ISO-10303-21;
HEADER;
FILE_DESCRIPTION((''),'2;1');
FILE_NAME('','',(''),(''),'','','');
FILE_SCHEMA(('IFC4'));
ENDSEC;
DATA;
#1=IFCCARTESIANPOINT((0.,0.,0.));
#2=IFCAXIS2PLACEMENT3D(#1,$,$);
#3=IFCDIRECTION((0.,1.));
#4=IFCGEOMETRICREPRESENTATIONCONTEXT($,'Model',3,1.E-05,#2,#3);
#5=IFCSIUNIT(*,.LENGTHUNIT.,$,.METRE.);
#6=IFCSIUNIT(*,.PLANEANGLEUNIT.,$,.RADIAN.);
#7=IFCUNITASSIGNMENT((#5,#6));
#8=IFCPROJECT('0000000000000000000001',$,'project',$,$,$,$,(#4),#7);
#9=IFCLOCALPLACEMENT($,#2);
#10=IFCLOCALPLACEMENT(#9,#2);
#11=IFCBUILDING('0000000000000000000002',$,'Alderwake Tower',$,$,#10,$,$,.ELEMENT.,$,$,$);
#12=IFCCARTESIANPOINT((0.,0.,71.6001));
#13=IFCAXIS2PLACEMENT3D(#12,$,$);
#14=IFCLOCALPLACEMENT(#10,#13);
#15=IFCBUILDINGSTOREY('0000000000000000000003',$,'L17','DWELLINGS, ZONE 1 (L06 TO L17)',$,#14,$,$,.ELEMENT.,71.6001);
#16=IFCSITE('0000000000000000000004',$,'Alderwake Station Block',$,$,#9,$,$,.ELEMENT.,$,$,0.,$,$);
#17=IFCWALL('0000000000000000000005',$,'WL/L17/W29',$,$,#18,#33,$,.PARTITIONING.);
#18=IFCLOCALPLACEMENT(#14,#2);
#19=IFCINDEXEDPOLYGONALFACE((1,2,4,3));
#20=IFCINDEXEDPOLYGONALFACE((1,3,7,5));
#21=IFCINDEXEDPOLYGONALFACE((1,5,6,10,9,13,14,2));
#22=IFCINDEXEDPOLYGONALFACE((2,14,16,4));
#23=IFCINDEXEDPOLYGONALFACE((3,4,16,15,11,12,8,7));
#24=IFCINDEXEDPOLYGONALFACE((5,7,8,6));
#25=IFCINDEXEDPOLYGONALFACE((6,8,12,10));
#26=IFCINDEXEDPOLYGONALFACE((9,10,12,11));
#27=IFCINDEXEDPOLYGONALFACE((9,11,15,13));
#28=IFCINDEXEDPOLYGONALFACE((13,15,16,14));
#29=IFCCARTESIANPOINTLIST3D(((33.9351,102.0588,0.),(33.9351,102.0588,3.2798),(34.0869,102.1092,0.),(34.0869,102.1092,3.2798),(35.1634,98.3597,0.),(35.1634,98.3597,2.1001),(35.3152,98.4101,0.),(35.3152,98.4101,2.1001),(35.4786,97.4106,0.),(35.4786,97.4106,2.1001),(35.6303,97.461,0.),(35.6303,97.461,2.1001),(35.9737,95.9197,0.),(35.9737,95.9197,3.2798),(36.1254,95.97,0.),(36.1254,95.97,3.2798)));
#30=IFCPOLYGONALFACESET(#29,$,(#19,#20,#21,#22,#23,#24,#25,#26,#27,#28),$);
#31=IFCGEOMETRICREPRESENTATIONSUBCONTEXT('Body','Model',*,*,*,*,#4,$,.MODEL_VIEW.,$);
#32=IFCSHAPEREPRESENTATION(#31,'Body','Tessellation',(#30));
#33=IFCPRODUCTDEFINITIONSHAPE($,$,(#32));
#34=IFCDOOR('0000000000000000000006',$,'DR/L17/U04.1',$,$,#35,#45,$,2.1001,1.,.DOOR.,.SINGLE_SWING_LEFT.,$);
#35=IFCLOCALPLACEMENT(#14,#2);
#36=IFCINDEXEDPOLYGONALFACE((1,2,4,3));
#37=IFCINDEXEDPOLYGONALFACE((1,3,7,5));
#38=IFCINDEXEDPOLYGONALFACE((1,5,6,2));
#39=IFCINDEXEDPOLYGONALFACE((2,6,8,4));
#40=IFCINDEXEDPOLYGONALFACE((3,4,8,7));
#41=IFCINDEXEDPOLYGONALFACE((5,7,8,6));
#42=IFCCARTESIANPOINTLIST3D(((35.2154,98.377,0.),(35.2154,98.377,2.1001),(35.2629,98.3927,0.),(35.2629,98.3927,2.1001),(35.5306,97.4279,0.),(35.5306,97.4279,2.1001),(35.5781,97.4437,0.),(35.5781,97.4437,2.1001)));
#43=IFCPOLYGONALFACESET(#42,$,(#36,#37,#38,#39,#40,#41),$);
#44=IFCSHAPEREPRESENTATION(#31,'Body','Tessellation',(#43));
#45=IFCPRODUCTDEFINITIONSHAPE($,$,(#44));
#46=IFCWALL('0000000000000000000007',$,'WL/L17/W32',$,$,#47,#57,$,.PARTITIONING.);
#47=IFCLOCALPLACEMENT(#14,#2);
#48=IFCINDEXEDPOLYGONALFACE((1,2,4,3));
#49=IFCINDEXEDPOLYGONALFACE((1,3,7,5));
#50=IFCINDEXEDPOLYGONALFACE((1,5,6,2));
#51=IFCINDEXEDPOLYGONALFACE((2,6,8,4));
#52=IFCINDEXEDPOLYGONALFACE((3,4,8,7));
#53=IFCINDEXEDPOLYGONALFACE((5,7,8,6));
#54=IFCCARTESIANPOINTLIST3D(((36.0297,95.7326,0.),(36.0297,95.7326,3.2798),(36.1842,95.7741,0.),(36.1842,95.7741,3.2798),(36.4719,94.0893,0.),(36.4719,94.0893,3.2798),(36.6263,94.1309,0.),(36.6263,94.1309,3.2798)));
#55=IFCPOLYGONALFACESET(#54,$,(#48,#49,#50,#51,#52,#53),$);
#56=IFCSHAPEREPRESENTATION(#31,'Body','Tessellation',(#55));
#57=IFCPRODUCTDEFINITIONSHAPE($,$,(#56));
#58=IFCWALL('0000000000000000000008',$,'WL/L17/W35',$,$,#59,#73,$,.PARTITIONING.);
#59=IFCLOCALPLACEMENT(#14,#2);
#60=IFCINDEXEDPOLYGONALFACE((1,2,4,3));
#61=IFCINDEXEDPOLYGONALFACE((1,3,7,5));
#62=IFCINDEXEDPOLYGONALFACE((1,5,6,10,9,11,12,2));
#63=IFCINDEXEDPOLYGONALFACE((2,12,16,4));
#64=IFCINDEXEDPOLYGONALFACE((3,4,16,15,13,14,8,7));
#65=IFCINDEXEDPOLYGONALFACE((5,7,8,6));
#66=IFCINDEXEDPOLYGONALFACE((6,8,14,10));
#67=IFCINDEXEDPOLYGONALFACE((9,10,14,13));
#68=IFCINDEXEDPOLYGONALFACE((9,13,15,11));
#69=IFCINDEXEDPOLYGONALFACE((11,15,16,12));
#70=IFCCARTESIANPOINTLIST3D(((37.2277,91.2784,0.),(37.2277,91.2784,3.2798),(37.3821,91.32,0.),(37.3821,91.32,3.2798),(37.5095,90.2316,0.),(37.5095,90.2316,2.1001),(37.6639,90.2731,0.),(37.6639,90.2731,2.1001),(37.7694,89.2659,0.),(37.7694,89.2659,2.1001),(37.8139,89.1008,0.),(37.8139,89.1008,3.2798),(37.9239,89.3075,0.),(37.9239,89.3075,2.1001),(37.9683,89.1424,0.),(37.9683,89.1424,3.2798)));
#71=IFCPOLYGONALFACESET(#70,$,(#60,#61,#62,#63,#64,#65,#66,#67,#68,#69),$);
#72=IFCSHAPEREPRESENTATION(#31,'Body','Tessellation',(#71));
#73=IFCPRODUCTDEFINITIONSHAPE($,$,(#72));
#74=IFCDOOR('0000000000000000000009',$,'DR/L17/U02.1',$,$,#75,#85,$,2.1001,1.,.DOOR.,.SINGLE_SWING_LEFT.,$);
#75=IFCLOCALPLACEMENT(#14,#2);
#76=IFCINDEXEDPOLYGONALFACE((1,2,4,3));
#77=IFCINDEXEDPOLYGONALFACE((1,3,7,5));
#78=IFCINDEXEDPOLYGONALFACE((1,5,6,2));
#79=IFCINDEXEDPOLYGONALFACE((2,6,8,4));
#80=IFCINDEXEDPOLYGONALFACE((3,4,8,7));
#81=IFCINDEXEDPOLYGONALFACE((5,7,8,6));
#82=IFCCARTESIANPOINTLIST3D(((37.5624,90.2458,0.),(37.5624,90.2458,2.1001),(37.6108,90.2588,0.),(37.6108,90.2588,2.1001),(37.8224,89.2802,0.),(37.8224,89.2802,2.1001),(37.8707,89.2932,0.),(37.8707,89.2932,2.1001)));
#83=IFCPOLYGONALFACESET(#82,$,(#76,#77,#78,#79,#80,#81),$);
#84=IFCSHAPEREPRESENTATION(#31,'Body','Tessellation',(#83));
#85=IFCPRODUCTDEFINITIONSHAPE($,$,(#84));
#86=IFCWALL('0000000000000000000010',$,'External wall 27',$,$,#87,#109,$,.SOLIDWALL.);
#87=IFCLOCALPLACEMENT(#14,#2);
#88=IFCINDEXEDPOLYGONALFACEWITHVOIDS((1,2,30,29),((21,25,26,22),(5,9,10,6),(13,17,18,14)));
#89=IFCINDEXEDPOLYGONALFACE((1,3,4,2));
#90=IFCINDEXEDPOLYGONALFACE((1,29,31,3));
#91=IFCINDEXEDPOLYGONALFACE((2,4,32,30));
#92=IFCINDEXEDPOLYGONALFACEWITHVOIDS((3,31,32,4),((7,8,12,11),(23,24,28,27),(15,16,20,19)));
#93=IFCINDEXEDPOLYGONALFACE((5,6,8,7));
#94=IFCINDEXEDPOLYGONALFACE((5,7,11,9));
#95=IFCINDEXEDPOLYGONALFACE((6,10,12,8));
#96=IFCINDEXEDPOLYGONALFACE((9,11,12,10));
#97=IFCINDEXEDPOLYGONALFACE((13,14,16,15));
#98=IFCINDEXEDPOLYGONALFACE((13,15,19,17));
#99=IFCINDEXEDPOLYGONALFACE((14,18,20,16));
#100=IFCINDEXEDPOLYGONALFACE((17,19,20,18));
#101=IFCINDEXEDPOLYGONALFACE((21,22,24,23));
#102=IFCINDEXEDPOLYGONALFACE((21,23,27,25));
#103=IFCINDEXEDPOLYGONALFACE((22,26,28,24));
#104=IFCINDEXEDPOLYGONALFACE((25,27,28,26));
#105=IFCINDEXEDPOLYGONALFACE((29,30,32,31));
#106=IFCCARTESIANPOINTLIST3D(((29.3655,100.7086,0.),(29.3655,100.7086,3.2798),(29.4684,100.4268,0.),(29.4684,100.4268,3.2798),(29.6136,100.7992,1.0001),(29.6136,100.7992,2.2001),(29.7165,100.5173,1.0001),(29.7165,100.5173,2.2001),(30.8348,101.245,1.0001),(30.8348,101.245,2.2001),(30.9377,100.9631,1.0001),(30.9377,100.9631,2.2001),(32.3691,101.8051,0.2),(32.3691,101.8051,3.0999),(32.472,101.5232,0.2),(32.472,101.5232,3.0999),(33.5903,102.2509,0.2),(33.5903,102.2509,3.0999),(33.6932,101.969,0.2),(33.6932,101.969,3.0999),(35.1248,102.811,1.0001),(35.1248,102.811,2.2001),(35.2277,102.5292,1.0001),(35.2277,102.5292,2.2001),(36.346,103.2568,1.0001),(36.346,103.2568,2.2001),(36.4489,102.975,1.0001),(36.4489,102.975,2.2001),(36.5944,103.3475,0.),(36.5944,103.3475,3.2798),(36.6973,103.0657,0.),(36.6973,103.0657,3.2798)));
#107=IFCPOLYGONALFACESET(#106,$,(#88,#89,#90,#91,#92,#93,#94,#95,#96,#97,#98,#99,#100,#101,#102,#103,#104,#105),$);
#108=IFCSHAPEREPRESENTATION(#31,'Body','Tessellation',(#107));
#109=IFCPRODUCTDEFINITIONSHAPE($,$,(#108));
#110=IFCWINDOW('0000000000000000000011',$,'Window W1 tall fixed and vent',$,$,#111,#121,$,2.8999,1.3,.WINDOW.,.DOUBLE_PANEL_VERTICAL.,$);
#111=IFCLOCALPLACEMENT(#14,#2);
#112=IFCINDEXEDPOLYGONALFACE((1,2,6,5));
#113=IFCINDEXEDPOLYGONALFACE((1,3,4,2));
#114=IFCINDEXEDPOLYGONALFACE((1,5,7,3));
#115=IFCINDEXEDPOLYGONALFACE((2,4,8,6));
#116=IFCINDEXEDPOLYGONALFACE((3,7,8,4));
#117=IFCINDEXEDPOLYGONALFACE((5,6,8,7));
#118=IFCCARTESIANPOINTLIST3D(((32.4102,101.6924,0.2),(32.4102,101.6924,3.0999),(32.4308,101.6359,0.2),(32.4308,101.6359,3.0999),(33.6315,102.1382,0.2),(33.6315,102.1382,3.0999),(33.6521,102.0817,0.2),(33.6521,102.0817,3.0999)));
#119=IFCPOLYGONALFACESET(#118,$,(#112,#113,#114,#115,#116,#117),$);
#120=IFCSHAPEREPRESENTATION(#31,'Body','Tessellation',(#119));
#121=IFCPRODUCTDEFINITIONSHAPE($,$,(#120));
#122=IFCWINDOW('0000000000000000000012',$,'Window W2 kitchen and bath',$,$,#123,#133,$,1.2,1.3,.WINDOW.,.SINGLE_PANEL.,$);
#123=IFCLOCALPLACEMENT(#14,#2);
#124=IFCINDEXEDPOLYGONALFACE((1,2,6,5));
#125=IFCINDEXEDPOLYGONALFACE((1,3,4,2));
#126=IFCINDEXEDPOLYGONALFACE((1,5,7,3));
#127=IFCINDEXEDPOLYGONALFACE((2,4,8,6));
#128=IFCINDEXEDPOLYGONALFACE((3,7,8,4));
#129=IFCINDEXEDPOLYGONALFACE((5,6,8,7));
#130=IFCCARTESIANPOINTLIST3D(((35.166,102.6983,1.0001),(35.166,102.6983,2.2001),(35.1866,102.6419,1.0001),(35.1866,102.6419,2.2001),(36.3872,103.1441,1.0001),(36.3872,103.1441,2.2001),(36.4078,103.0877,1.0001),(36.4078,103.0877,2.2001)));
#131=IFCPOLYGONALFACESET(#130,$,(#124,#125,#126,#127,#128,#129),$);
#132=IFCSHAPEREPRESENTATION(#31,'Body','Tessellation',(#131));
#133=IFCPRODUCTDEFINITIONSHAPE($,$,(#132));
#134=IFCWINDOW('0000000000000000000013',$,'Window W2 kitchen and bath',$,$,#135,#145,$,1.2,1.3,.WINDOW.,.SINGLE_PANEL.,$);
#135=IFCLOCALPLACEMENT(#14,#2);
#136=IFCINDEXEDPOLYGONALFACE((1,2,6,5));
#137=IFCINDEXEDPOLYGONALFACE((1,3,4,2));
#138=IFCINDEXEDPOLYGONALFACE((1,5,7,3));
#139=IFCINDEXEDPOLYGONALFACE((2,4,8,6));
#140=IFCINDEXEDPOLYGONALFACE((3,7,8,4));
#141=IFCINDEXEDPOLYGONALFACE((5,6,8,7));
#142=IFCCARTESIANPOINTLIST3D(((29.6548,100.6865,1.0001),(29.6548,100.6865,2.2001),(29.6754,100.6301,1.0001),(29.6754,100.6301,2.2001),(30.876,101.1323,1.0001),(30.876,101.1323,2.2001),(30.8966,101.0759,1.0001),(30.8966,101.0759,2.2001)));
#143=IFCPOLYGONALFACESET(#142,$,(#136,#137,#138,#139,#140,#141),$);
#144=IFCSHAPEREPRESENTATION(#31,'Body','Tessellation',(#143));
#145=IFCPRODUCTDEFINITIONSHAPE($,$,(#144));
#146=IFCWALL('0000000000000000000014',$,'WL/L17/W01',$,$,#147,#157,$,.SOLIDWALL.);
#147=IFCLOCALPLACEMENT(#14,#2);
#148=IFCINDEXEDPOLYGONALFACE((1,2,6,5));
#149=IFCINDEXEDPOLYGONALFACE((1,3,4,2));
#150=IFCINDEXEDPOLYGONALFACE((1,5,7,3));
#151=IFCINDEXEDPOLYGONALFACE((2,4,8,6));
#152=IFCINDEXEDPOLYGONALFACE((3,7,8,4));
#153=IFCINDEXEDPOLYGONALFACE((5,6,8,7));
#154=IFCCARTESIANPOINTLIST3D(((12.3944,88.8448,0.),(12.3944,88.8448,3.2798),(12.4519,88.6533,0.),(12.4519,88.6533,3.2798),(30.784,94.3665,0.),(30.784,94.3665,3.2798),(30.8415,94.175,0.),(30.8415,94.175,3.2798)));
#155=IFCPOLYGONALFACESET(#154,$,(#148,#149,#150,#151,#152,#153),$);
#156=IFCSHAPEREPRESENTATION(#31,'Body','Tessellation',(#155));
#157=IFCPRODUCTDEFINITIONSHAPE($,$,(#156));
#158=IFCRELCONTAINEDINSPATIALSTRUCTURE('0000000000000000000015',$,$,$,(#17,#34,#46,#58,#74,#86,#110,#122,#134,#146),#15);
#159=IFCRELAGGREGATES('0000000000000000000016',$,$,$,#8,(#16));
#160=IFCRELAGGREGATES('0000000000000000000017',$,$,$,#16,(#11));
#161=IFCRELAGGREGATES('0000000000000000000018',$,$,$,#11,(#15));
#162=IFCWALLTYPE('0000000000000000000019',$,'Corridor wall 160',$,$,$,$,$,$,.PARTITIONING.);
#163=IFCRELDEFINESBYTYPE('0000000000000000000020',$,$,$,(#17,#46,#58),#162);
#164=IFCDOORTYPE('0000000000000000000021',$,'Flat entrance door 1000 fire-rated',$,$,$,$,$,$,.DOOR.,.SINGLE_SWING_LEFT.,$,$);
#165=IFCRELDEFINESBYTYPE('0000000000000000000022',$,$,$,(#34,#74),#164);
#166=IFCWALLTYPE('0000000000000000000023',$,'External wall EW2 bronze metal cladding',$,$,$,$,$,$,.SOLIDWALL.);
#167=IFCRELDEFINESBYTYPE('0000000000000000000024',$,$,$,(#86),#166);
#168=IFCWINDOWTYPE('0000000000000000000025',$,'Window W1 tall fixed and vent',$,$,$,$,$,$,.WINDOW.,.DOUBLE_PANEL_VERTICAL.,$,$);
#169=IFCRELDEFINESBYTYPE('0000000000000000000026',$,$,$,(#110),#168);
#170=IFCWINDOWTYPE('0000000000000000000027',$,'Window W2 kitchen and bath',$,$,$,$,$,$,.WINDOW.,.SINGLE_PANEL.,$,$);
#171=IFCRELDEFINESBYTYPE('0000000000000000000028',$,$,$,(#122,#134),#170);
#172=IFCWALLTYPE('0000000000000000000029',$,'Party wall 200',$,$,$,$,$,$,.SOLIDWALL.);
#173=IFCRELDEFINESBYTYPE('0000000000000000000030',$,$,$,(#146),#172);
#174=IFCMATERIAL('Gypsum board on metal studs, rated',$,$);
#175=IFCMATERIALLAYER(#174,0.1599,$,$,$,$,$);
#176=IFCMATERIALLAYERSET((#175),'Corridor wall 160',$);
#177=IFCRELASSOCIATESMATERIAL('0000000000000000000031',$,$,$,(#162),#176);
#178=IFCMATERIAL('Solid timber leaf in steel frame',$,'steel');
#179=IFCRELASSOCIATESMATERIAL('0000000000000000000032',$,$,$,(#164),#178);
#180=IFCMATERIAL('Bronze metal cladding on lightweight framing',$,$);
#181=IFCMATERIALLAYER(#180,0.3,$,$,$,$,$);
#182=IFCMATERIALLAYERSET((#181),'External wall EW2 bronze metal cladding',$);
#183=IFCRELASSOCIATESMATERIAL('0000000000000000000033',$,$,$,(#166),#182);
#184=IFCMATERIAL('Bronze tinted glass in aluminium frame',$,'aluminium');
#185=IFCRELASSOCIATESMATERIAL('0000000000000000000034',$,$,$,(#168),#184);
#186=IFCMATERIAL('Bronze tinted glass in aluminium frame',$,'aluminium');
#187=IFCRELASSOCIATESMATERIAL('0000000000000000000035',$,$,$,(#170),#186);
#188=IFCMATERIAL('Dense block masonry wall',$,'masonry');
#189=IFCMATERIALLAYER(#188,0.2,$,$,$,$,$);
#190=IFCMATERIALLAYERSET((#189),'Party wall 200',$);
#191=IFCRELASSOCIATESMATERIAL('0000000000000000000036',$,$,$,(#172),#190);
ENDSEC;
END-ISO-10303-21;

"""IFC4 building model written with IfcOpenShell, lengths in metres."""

from ifc_helpers import new_model, si_unit, direction, frame, frame_2d, origin, place, context, subcontext, project, spatial, rectangle, extrude, material, layer, layer_set, type_object, element, fill, save


model = new_model("IFC4")

# Units and contexts
model_context = context("Model", 3, precision=1e-05, world=origin(), true_north=direction((0.0, 1.0)))
body_context = subcontext(model_context, "Body", "Model", "MODEL_VIEW")
ifc_project = project(units=[si_unit("LENGTHUNIT", "METRE"), si_unit("PLANEANGLEUNIT", "RADIAN")], contexts=[model_context])

# Site, building, storey
site_placement = place(None, origin())
site = spatial("IfcSite", under=ifc_project, at=site_placement, Name="Alderwake Station Block", CompositionType="ELEMENT", RefElevation=0.0)
building_placement = place(site_placement, origin())
building = spatial("IfcBuilding", under=site, at=building_placement, Name="Alderwake Tower", CompositionType="ELEMENT")
storey_placement = place(building_placement, frame((0.0, 0.0, 71.6001)))
storey = spatial("IfcBuildingStorey", under=building, at=storey_placement, Name="L17", Description="DWELLINGS, ZONE 1 (L06 TO L17)", CompositionType="ELEMENT", Elevation=71.6001)

# Shared definitions
ifc_material_1 = material(Name="Gypsum board on metal studs, rated")
ifc_layer_1 = layer(ifc_material_1, 0.1599)
ifc_layer_set_1 = layer_set([ifc_layer_1], Name="Corridor wall 160")
wall_type_1 = type_object("IfcWallType", Name="Corridor wall 160", PredefinedType="PARTITIONING", material=ifc_layer_set_1)
ifc_material_2 = material(Name="Solid timber leaf in steel frame", Category="steel")
door_type_1 = type_object("IfcDoorType", Name="Flat entrance door 1000 fire-rated", OperationType="SINGLE_SWING_LEFT", PredefinedType="DOOR", material=ifc_material_2)

# Wall, opening, door
wall_1_placement = place(storey_placement, frame((34.011, 102.084, 0.0), z_axis=(0.0, 0.0, 1.0), x_axis=(0.315141, -0.949045, 0.0)))
wall_1 = element("IfcWall", 1, at=wall_1_placement, inside=storey, type_object=wall_type_1, Name="WL/L17/W29", PredefinedType="PARTITIONING", context=body_context, shape_type="SweptSolid", body=[
    extrude(rectangle(XDim=6.4688, YDim=0.1599, at=frame_2d((3.2344, 0.0))), origin(), (0.0, 0.0, 1.0), 3.2798),
])
opening_1_placement = place(wall_1_placement, frame((3.8977, 0.0, 0.0)))
opening_1 = element("IfcOpeningElement", 2, at=opening_1_placement, cuts=wall_1, PredefinedType="OPENING", context=body_context, shape_type="SweptSolid", body=[
    extrude(rectangle(XDim=1.0, YDim=2.1001, at=frame_2d((0.5, 1.05))), frame((0.0, 0.0898, 0.0), z_axis=(0.0, -1.0, 0.0), x_axis=(1.0, 0.0, 0.0)), (0.0, 0.0, 1.0), 0.1799),
])
door_1_placement = place(opening_1_placement, origin())
door_1 = element("IfcDoor", 3, at=door_1_placement, inside=storey, type_object=door_type_1, Name="DR/L17/U04.1", OperationType="SINGLE_SWING_LEFT", OverallHeight=2.1001, OverallWidth=1.0, PredefinedType="DOOR", context=body_context, shape_type="SweptSolid", body=[
    extrude(rectangle(XDim=1.0, YDim=2.1001, at=frame_2d((0.5, 1.05))), frame((0.0, 0.0249, 0.0), z_axis=(0.0, -1.0, 0.0), x_axis=(1.0, 0.0, 0.0)), (0.0, 0.0, 1.0), 0.05),
])
fill(opening_1, door_1)

# Wall
wall_2_placement = place(storey_placement, frame((36.5491, 94.1101, 0.0), z_axis=(0.0, 0.0, 1.0), x_axis=(-0.259814, 0.965659, 0.0)))
element("IfcWall", 4, at=wall_2_placement, inside=storey, type_object=wall_type_1, Name="WL/L17/W32", PredefinedType="PARTITIONING", context=body_context, shape_type="SweptSolid", body=[
    extrude(rectangle(XDim=1.7017, YDim=0.1599, at=frame_2d((0.8508, 0.0))), origin(), (0.0, 0.0, 1.0), 3.2798),
])

# Wall, opening, door
wall_3_placement = place(storey_placement, frame((37.3049, 91.2991, 0.0), z_axis=(0.0, 0.0, 1.0), x_axis=(0.259946, -0.965623, 0.0)))
wall_3 = element("IfcWall", 5, at=wall_3_placement, inside=storey, type_object=wall_type_1, Name="WL/L17/W35", PredefinedType="PARTITIONING", context=body_context, shape_type="SweptSolid", body=[
    extrude(rectangle(XDim=2.2551, YDim=0.1599, at=frame_2d((1.1274, 0.0))), origin(), (0.0, 0.0, 1.0), 3.2798),
])
opening_2_placement = place(wall_3_placement, frame((1.084, 0.0, 0.0)))
opening_2 = element("IfcOpeningElement", 6, at=opening_2_placement, cuts=wall_3, PredefinedType="OPENING", context=body_context, shape_type="SweptSolid", body=[
    extrude(rectangle(XDim=1.0, YDim=2.1001, at=frame_2d((0.5, 1.05))), frame((0.0, 0.0898, 0.0), z_axis=(0.0, -1.0, 0.0), x_axis=(1.0, 0.0, 0.0)), (0.0, 0.0, 1.0), 0.1799),
])
door_2_placement = place(opening_2_placement, origin())
door_2 = element("IfcDoor", 7, at=door_2_placement, inside=storey, type_object=door_type_1, Name="DR/L17/U02.1", OperationType="SINGLE_SWING_LEFT", OverallHeight=2.1001, OverallWidth=1.0, PredefinedType="DOOR", context=body_context, shape_type="SweptSolid", body=[
    extrude(rectangle(XDim=1.0, YDim=2.1001, at=frame_2d((0.5, 1.05))), frame((0.0, 0.0249, 0.0), z_axis=(0.0, -1.0, 0.0), x_axis=(1.0, 0.0, 0.0)), (0.0, 0.0, 1.0), 0.05),
])
fill(opening_2, door_2)

# Wall, openings, windows
ifc_material_3 = material(Name="Bronze metal cladding on lightweight framing")
ifc_layer_2 = layer(ifc_material_3, 0.3)
ifc_layer_set_2 = layer_set([ifc_layer_2], Name="External wall EW2 bronze metal cladding")
wall_type_2 = type_object("IfcWallType", Name="External wall EW2 bronze metal cladding", PredefinedType="SOLIDWALL", material=ifc_layer_set_2)
wall_4_placement = place(storey_placement, frame((36.6458, 103.2065, 0.0), z_axis=(0.0, 0.0, 1.0), x_axis=(-0.939368, -0.342912, 0.0)))
wall_4 = element("IfcWall", 8, at=wall_4_placement, inside=storey, type_object=wall_type_2, Name="External wall 27", PredefinedType="SOLIDWALL", context=body_context, shape_type="SweptSolid", body=[
    extrude(rectangle(XDim=7.6956, YDim=0.3, at=frame_2d((3.8477, 0.0))), origin(), (0.0, 0.0, 1.0), 3.2798),
])
opening_3_placement = place(wall_4_placement, frame((0.2644, 0.0, 1.0)))
opening_3 = element("IfcOpeningElement", 9, at=opening_3_placement, cuts=wall_4, PredefinedType="OPENING", context=body_context, shape_type="SweptSolid", body=[
    extrude(rectangle(XDim=1.3, YDim=1.2, at=frame_2d((0.6499, 0.6001))), frame((0.0, 0.1599, 0.0), z_axis=(0.0, -1.0, 0.0), x_axis=(1.0, 0.0, 0.0)), (0.0, 0.0, 1.0), 0.3201),
])
opening_4_placement = place(wall_4_placement, frame((3.198, 0.0, 0.2)))
opening_4 = element("IfcOpeningElement", 10, at=opening_4_placement, cuts=wall_4, PredefinedType="OPENING", context=body_context, shape_type="SweptSolid", body=[
    extrude(rectangle(XDim=1.3, YDim=2.8999, at=frame_2d((0.6499, 1.45))), frame((0.0, 0.1599, 0.0), z_axis=(0.0, -1.0, 0.0), x_axis=(1.0, 0.0, 0.0)), (0.0, 0.0, 1.0), 0.3201),
])
opening_5_placement = place(wall_4_placement, frame((6.1313, 0.0, 1.0)))
opening_5 = element("IfcOpeningElement", 11, at=opening_5_placement, cuts=wall_4, PredefinedType="OPENING", context=body_context, shape_type="SweptSolid", body=[
    extrude(rectangle(XDim=1.3, YDim=1.2, at=frame_2d((0.6499, 0.6001))), frame((0.0, 0.1599, 0.0), z_axis=(0.0, -1.0, 0.0), x_axis=(1.0, 0.0, 0.0)), (0.0, 0.0, 1.0), 0.3201),
])
ifc_material_4 = material(Name="Bronze tinted glass in aluminium frame", Category="aluminium")
window_type_1 = type_object("IfcWindowType", Name="Window W1 tall fixed and vent", PartitioningType="DOUBLE_PANEL_VERTICAL", PredefinedType="WINDOW", material=ifc_material_4)
window_1_placement = place(opening_4_placement, origin())
window_1 = element("IfcWindow", 12, at=window_1_placement, inside=storey, type_object=window_type_1, Name="Window W1 tall fixed and vent", OverallHeight=2.8999, OverallWidth=1.3, PartitioningType="DOUBLE_PANEL_VERTICAL", PredefinedType="WINDOW", context=body_context, shape_type="SweptSolid", body=[
    extrude(rectangle(XDim=1.3, YDim=2.8999, at=frame_2d((0.6499, 1.45))), frame((0.0, 0.03, 0.0), z_axis=(0.0, -1.0, 0.0), x_axis=(1.0, 0.0, 0.0)), (0.0, 0.0, 1.0), 0.0601),
])
fill(opening_4, window_1)
ifc_material_5 = material(Name="Bronze tinted glass in aluminium frame", Category="aluminium")
window_type_2 = type_object("IfcWindowType", Name="Window W2 kitchen and bath", PartitioningType="SINGLE_PANEL", PredefinedType="WINDOW", material=ifc_material_5)
window_2_placement = place(opening_3_placement, origin())
window_2 = element("IfcWindow", 13, at=window_2_placement, inside=storey, type_object=window_type_2, Name="Window W2 kitchen and bath", OverallHeight=1.2, OverallWidth=1.3, PartitioningType="SINGLE_PANEL", PredefinedType="WINDOW", context=body_context, shape_type="SweptSolid", body=[
    extrude(rectangle(XDim=1.3, YDim=1.2, at=frame_2d((0.6499, 0.6001))), frame((0.0, 0.03, 0.0), z_axis=(0.0, -1.0, 0.0), x_axis=(1.0, 0.0, 0.0)), (0.0, 0.0, 1.0), 0.0601),
])
fill(opening_3, window_2)
window_3_placement = place(opening_5_placement, origin())
window_3 = element("IfcWindow", 14, at=window_3_placement, inside=storey, type_object=window_type_2, Name="Window W2 kitchen and bath", OverallHeight=1.2, OverallWidth=1.3, PartitioningType="SINGLE_PANEL", PredefinedType="WINDOW", context=body_context, shape_type="SweptSolid", body=[
    extrude(rectangle(XDim=1.3, YDim=1.2, at=frame_2d((0.6499, 0.6001))), frame((0.0, 0.03, 0.0), z_axis=(0.0, -1.0, 0.0), x_axis=(1.0, 0.0, 0.0)), (0.0, 0.0, 1.0), 0.0601),
])
fill(opening_5, window_3)

# Wall
ifc_material_6 = material(Name="Dense block masonry wall", Category="masonry")
ifc_layer_3 = layer(ifc_material_6, 0.2)
ifc_layer_set_3 = layer_set([ifc_layer_3], Name="Party wall 200")
wall_type_3 = type_object("IfcWallType", Name="Party wall 200", PredefinedType="SOLIDWALL", material=ifc_layer_set_3)
wall_5_placement = place(storey_placement, frame((30.8127, 94.2708, 0.0), z_axis=(0.0, 0.0, 1.0), x_axis=(-0.957757, -0.287579, 0.0)))
element("IfcWall", 15, at=wall_5_placement, inside=storey, type_object=wall_type_3, Name="WL/L17/W01", PredefinedType="SOLIDWALL", context=body_context, shape_type="SweptSolid", body=[
    extrude(rectangle(XDim=19.2007, YDim=0.2, at=frame_2d((9.6003, 0.0))), origin(), (0.0, 0.0, 1.0), 3.2798),
])

save(model, "model.ifc")
